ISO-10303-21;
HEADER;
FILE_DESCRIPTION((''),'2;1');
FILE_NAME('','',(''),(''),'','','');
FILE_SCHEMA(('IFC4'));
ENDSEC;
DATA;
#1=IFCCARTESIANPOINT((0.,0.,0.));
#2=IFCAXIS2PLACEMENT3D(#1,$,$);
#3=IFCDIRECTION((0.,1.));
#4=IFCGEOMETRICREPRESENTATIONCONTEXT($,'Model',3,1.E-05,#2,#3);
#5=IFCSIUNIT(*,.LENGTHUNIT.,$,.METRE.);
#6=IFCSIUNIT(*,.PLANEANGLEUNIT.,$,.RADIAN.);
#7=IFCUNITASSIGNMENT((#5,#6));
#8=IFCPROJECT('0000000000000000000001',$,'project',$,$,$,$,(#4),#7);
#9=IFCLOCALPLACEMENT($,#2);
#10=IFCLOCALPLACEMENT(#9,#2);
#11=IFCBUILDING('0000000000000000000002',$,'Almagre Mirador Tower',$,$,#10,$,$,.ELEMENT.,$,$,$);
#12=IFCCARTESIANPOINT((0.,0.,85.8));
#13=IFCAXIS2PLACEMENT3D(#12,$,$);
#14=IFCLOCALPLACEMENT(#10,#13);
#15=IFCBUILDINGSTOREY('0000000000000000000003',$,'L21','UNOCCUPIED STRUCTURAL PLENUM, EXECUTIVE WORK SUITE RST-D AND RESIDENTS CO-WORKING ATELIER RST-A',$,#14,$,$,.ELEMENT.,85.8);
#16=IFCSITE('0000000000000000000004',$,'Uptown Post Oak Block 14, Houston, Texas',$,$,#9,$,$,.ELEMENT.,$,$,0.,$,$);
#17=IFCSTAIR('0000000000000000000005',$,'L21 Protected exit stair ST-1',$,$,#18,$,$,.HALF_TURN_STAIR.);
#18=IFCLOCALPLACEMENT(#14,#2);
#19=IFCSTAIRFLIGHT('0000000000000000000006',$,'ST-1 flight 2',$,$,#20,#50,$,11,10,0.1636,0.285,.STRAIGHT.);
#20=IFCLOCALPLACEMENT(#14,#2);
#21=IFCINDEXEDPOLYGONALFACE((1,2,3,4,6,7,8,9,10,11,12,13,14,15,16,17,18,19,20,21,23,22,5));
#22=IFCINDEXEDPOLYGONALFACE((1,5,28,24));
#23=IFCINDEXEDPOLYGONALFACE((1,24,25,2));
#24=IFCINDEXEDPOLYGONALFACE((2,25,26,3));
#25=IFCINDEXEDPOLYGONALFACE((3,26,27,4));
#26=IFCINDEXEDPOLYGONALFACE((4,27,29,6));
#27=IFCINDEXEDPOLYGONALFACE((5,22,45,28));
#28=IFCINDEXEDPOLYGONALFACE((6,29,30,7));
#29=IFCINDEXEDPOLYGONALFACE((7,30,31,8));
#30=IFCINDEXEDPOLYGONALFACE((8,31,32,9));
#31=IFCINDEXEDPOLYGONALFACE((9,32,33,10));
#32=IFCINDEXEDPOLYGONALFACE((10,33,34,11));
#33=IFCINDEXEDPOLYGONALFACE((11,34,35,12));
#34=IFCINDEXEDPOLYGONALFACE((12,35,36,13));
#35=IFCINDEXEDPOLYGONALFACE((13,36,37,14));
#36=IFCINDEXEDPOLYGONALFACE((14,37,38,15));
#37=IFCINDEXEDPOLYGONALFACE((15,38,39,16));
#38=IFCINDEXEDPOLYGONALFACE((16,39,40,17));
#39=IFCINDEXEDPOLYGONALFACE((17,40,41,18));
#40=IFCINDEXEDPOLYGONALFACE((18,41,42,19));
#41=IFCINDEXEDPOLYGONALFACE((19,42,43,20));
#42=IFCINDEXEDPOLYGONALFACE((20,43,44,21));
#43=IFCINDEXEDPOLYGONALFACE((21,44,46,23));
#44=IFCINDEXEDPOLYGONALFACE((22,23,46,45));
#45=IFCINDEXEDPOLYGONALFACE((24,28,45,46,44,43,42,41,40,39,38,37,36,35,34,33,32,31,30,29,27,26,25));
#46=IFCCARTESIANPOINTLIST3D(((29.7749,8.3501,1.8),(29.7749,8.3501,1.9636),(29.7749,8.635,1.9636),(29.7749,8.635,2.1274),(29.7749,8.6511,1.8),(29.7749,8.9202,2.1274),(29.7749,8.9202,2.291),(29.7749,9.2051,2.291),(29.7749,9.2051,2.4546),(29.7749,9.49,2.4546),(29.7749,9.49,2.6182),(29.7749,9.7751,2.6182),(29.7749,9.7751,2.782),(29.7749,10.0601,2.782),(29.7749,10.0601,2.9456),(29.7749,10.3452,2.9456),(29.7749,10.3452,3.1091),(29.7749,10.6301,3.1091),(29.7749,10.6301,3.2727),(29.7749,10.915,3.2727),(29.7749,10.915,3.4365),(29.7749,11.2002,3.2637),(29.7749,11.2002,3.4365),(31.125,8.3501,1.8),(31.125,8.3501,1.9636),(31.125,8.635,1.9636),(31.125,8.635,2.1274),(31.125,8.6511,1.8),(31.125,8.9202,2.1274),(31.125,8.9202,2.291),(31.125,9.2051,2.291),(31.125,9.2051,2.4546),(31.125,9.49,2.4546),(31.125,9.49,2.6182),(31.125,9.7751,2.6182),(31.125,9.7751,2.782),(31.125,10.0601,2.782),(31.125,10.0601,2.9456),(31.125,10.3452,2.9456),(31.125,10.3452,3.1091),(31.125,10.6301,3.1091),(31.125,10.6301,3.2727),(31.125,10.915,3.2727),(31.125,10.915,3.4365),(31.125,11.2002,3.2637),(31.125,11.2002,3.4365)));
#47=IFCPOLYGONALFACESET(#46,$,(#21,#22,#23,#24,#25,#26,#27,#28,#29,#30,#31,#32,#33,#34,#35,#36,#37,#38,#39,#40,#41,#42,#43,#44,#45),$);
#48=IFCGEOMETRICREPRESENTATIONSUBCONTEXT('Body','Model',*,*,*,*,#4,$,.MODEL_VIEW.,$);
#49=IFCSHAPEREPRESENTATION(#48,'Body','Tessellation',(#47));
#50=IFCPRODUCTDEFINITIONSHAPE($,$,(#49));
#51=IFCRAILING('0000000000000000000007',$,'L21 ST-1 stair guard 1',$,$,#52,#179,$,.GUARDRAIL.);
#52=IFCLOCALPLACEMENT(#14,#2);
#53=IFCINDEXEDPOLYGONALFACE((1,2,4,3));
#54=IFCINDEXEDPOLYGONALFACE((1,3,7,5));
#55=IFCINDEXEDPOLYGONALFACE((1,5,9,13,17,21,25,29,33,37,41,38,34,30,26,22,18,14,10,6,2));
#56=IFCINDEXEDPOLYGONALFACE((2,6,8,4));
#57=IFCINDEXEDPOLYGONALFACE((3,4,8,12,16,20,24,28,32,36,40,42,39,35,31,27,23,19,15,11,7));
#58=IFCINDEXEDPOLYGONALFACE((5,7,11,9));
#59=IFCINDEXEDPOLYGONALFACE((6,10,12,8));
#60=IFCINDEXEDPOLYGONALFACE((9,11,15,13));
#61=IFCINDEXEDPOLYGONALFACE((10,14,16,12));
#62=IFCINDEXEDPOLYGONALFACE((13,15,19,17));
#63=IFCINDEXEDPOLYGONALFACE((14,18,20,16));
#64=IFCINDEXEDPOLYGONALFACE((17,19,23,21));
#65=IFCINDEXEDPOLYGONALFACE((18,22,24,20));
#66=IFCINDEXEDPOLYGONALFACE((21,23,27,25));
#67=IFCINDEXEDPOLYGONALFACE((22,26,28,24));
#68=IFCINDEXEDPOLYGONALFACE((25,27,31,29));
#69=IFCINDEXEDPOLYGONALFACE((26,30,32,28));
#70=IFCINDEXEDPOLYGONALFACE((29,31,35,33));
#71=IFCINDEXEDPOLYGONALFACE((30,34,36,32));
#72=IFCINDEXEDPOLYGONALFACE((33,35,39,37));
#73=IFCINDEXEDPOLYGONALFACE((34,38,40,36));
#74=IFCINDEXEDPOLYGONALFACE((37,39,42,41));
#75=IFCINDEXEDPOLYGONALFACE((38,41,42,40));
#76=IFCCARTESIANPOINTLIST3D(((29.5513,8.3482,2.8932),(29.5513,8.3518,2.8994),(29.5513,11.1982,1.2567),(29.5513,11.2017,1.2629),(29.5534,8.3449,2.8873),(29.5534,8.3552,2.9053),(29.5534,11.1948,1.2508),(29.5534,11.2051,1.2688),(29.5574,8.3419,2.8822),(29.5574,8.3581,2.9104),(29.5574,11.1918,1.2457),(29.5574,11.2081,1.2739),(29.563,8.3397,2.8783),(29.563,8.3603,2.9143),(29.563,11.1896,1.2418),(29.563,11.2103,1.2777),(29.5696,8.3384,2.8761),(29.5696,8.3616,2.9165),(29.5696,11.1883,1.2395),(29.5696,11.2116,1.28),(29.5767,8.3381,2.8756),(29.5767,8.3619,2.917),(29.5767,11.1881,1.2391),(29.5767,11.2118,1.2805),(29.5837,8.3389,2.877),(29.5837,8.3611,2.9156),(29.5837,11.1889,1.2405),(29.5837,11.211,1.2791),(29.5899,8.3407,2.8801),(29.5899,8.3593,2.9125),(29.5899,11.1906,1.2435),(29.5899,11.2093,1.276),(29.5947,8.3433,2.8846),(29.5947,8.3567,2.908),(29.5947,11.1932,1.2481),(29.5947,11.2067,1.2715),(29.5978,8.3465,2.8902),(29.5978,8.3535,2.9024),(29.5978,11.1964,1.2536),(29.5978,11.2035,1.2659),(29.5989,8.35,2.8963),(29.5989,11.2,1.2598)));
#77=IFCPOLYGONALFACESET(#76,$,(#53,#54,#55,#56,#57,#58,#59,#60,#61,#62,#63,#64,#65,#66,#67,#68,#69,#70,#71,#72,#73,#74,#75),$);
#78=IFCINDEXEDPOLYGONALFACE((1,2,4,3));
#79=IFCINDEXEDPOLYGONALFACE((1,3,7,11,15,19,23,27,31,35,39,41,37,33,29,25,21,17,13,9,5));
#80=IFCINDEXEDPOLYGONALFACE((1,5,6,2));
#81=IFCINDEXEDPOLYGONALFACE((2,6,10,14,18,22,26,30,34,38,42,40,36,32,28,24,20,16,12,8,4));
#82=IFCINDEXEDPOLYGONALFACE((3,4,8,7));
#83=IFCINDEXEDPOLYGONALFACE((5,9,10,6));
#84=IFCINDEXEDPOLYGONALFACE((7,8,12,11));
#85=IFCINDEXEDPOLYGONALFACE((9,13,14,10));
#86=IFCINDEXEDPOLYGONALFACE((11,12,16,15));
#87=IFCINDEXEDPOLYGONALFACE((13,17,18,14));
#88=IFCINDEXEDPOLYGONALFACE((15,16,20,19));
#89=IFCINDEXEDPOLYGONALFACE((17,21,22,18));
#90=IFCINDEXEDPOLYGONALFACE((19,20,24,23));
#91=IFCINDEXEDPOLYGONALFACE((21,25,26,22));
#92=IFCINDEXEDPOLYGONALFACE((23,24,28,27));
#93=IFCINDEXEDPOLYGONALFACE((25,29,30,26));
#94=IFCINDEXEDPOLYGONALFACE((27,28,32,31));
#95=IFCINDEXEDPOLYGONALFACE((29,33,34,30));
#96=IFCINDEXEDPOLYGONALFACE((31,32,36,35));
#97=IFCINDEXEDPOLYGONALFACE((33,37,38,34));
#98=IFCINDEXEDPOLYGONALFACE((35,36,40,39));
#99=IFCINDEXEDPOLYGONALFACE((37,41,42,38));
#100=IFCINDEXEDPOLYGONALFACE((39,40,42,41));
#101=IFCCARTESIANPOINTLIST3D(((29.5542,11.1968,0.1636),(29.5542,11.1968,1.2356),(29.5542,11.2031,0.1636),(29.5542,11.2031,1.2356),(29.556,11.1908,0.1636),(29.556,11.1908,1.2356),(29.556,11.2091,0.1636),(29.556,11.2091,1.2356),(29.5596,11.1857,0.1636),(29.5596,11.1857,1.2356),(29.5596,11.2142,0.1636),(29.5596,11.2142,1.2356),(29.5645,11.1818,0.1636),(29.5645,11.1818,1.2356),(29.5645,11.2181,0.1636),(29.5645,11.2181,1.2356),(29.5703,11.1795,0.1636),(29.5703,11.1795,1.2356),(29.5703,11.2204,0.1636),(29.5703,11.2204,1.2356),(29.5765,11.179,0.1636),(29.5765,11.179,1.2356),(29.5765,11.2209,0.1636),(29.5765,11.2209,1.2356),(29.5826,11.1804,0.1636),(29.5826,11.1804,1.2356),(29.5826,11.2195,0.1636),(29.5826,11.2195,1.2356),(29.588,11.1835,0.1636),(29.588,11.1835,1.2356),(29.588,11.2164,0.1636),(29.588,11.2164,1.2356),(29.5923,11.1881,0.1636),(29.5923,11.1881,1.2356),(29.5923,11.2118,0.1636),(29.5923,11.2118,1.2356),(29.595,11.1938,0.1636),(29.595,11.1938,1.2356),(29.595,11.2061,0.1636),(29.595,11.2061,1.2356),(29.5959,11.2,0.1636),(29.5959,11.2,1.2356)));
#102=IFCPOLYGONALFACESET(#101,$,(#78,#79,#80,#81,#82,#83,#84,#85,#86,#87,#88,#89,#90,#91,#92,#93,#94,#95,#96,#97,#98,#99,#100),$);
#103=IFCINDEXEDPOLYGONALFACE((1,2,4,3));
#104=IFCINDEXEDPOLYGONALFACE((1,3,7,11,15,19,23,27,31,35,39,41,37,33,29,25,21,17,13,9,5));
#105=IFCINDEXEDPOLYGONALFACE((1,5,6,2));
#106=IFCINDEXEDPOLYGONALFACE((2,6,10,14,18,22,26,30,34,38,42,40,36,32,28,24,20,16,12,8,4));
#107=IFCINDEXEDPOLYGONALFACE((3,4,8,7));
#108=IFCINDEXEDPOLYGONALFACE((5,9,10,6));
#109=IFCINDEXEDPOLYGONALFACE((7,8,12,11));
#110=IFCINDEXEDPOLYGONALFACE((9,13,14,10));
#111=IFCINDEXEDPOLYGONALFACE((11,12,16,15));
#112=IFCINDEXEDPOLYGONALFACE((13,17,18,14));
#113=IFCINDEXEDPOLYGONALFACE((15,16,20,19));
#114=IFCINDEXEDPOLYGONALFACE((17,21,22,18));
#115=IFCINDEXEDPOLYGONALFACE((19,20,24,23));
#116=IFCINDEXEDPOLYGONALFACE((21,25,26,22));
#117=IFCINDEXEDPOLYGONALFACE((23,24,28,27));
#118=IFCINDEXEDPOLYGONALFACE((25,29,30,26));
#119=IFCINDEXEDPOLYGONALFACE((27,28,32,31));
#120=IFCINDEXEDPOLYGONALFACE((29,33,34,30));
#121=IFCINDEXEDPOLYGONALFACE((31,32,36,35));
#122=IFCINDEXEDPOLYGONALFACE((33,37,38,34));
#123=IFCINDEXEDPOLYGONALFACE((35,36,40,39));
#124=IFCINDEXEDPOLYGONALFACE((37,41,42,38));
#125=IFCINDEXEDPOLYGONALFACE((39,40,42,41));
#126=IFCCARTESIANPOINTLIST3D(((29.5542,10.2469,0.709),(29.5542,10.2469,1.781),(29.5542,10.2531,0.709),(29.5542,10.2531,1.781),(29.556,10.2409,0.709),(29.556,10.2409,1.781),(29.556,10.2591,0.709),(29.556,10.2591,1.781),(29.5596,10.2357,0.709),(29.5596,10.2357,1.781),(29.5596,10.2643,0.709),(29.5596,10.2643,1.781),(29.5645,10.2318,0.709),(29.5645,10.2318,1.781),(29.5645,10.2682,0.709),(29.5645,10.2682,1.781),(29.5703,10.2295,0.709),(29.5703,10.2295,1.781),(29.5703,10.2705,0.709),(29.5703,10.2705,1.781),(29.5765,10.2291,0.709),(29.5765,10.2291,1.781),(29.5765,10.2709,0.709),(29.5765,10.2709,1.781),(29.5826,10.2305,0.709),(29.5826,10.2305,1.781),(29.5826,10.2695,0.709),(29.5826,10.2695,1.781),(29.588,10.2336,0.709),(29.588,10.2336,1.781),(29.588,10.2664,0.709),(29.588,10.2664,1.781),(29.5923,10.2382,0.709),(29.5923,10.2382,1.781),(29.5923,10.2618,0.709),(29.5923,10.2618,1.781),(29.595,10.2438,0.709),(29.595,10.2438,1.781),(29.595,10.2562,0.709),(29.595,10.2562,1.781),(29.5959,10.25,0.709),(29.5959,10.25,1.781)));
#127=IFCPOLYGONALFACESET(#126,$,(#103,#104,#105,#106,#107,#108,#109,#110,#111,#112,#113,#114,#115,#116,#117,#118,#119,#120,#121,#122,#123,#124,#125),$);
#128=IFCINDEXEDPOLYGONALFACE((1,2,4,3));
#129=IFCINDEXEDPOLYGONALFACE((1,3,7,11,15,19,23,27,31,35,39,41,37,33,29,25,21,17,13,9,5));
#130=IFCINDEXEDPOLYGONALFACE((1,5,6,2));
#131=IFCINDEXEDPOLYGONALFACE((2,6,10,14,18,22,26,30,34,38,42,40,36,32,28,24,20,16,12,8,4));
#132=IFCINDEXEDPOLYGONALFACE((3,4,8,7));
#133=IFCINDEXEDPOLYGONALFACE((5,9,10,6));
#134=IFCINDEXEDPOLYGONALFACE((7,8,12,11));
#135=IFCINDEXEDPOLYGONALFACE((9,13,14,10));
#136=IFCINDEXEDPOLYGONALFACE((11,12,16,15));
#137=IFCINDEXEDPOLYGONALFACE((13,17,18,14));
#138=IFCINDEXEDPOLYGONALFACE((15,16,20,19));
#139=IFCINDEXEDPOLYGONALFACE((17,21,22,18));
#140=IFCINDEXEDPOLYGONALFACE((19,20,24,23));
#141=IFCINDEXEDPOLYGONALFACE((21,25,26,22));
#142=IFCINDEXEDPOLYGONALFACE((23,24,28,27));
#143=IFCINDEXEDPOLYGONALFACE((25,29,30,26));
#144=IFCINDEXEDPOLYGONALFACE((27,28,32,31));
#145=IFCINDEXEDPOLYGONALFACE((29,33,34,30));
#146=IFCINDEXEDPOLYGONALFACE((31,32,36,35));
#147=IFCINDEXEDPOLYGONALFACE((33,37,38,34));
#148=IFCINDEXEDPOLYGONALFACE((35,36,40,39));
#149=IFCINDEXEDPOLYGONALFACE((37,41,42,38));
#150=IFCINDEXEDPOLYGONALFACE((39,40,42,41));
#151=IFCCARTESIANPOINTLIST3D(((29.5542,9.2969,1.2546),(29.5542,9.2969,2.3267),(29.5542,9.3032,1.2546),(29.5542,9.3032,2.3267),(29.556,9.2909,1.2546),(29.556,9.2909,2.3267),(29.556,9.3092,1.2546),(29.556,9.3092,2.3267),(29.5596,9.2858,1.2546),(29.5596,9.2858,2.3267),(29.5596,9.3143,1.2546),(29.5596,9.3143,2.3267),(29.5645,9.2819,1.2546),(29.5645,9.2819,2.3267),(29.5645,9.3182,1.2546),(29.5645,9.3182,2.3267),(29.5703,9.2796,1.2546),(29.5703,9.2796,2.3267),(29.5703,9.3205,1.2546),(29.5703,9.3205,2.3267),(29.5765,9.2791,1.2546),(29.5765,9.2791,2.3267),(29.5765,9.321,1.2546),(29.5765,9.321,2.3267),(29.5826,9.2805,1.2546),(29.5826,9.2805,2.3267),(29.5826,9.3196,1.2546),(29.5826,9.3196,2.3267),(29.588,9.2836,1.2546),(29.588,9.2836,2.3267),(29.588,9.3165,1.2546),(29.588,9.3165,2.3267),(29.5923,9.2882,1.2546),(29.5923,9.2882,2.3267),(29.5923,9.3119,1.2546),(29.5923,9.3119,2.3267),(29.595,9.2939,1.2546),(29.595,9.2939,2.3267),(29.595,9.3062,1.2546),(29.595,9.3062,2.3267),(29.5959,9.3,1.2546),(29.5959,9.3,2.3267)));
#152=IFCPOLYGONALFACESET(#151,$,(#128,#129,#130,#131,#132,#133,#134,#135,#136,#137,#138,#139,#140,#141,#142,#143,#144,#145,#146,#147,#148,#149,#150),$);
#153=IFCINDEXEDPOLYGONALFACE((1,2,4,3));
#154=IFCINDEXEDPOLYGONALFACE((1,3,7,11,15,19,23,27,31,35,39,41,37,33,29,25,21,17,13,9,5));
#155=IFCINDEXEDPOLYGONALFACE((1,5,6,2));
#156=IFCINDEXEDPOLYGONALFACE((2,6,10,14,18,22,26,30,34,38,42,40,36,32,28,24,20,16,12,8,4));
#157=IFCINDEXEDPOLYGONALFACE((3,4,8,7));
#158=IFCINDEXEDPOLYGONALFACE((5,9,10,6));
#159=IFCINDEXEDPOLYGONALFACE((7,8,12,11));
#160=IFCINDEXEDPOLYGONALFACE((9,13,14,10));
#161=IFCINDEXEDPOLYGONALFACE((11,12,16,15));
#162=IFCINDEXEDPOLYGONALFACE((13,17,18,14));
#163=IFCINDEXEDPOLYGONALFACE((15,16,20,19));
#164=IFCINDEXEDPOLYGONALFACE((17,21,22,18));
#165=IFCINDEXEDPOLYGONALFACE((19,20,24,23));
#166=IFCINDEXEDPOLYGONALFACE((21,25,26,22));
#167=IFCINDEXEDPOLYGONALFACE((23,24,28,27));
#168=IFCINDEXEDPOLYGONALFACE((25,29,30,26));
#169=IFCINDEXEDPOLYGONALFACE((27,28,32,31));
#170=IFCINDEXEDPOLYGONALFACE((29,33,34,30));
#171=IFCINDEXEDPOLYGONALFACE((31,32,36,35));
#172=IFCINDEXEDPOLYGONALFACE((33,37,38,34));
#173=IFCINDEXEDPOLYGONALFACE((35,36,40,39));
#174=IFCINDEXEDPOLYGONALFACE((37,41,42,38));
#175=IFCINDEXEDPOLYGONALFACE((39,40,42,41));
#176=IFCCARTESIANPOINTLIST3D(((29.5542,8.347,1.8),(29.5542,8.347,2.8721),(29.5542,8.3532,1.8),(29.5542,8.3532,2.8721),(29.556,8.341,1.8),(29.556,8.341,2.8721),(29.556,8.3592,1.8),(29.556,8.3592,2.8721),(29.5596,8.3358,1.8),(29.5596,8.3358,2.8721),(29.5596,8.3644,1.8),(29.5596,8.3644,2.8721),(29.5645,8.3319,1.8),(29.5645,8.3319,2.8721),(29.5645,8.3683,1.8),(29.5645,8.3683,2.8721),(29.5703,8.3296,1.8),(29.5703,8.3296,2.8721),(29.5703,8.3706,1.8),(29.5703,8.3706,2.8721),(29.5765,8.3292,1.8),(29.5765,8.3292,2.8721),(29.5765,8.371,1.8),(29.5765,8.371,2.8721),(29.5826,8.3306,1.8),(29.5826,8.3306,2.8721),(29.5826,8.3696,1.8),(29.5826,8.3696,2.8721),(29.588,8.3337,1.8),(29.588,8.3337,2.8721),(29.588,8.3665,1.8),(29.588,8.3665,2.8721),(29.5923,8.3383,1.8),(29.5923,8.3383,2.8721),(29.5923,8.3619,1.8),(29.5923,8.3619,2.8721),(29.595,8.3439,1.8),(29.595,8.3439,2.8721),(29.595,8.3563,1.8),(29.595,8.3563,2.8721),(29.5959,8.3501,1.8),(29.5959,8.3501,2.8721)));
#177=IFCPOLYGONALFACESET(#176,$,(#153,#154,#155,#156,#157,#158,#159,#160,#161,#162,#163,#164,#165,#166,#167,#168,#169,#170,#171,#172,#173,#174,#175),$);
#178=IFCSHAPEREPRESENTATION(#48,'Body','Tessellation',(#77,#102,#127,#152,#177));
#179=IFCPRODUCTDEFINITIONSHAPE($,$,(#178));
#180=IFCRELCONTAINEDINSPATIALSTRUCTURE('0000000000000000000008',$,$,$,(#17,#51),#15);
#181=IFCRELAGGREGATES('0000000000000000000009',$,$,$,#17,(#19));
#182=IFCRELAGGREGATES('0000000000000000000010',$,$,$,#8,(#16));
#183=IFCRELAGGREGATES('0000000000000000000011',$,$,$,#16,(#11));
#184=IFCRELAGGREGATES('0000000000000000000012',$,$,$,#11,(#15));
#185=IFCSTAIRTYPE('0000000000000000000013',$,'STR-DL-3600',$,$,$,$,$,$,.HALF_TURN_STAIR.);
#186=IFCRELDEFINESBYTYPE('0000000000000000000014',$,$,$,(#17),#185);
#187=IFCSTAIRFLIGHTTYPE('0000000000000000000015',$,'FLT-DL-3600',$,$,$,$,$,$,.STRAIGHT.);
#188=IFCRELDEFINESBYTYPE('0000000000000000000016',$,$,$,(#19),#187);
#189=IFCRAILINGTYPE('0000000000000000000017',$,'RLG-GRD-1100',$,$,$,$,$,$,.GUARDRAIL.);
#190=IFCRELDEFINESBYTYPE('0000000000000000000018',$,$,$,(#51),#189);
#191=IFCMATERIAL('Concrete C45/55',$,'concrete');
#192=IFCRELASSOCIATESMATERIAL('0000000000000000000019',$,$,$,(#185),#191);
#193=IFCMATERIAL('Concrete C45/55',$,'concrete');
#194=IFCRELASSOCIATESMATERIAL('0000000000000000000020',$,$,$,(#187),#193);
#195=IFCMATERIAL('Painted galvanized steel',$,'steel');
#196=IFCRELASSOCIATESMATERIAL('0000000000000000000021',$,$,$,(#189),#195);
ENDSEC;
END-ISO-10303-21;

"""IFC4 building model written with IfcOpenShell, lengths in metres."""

from ifc_helpers import new_model, si_unit, direction, frame, origin, origin_2d, place, context, subcontext, project, spatial, polyline, circle, outline, extrude, material, type_object, element, aggregate, save


model = new_model("IFC4")

# Units and contexts
model_context = context("Model", 3, precision=1e-05, world=origin(), true_north=direction((0.0, 1.0)))
body_context = subcontext(model_context, "Body", "Model", "MODEL_VIEW")
ifc_project = project(units=[si_unit("LENGTHUNIT", "METRE"), si_unit("PLANEANGLEUNIT", "RADIAN")], contexts=[model_context])

# Site, building, storey
site_placement = place(None, origin())
site = spatial("IfcSite", under=ifc_project, at=site_placement, Name="Uptown Post Oak Block 14, Houston, Texas", CompositionType="ELEMENT", RefElevation=0.0)
building_placement = place(site_placement, origin())
building = spatial("IfcBuilding", under=site, at=building_placement, Name="Almagre Mirador Tower", CompositionType="ELEMENT")
storey_placement = place(building_placement, frame((0.0, 0.0, 85.8)))
storey = spatial("IfcBuildingStorey", under=building, at=storey_placement, Name="L21", Description="UNOCCUPIED STRUCTURAL PLENUM, EXECUTIVE WORK SUITE RST-D AND RESIDENTS CO-WORKING ATELIER RST-A", CompositionType="ELEMENT", Elevation=85.8)

# Stair, stair flight
ifc_material_1 = material(Name="Concrete C45/55", Category="concrete")
stair_type = type_object("IfcStairType", Name="STR-DL-3600", PredefinedType="HALF_TURN_STAIR", material=ifc_material_1)
stair_placement = place(storey_placement, origin())
stair = element("IfcStair", 1, at=stair_placement, inside=storey, type_object=stair_type, Name="L21 Protected exit stair ST-1", PredefinedType="HALF_TURN_STAIR")
ifc_material_2 = material(Name="Concrete C45/55", Category="concrete")
stair_flight_type = type_object("IfcStairFlightType", Name="FLT-DL-3600", PredefinedType="STRAIGHT", material=ifc_material_2)
stair_flight_1_placement = place(storey_placement, frame((30.45, 8.3501, 1.8), z_axis=(0.0, 0.0, 1.0), x_axis=(0.0, 1.0, 0.0)))
stair_flight_1 = element("IfcStairFlight", 2, at=stair_flight_1_placement, type_object=stair_flight_type, Name="ST-1 flight 2", NumberOfRisers=11, NumberOfTreads=10, PredefinedType="STRAIGHT", RiserHeight=0.1636, TreadLength=0.285, context=body_context, shape_type="SweptSolid", body=[
    extrude(outline(polyline([(0.0, 0.0), (0.0, 0.1636), (0.2849, 0.1636), (0.2849, 0.3274), (0.5701, 0.3274), (0.5701, 0.491), (0.855, 0.491), (0.855, 0.6545), (1.1399, 0.6545), (1.1399, 0.8181), (1.425, 0.8181), (1.425, 0.9819), (1.71, 0.9819), (1.71, 1.1455), (1.9951, 1.1455), (1.9951, 1.3091), (2.28, 1.3091), (2.28, 1.4727), (2.5649, 1.4727), (2.5649, 1.6365), (2.8501, 1.6365), (2.8501, 1.8), (2.8501, 1.4636), (0.301, 0.0), (0.0, 0.0)])), frame((0.0, 0.675, 0.0), z_axis=(0.0, -1.0, 0.0), x_axis=(1.0, 0.0, 0.0)), (0.0, 0.0, 1.0), 1.3501),
])
aggregate(stair, [stair_flight_1])

# Railing
ifc_material_3 = material(Name="Painted galvanized steel", Category="steel")
railing_type_1 = type_object("IfcRailingType", Name="RLG-GRD-1100", PredefinedType="GUARDRAIL", material=ifc_material_3)
railing_1_placement = place(storey_placement, frame((29.575, 11.2, 0.1636)))
element("IfcRailing", 3, at=railing_1_placement, inside=storey, type_object=railing_type_1, Name="L21 ST-1 stair guard 1", PredefinedType="GUARDRAIL", context=body_context, shape_type="SweptSolid", body=[
    extrude(circle(Radius=0.0239, at=origin_2d()), frame((0.0, 0.0, 1.0962), z_axis=(0.0, -0.867194, 0.49797), x_axis=(1.0, 0.0, 0.0)), (0.0, 0.0, 1.0), 3.2864),
    extrude(circle(Radius=0.021, at=origin_2d()), origin(), (0.0, 0.0, 1.0), 1.072),
    extrude(circle(Radius=0.021, at=origin_2d()), frame((0.0, -0.95, 0.5454)), (0.0, 0.0, 1.0), 1.072),
    extrude(circle(Radius=0.021, at=origin_2d()), frame((0.0, -1.8999, 1.0911)), (0.0, 0.0, 1.0), 1.072),
    extrude(circle(Radius=0.021, at=origin_2d()), frame((0.0, -2.8499, 1.6365)), (0.0, 0.0, 1.0), 1.072),
])

save(model, "model.ifc")
